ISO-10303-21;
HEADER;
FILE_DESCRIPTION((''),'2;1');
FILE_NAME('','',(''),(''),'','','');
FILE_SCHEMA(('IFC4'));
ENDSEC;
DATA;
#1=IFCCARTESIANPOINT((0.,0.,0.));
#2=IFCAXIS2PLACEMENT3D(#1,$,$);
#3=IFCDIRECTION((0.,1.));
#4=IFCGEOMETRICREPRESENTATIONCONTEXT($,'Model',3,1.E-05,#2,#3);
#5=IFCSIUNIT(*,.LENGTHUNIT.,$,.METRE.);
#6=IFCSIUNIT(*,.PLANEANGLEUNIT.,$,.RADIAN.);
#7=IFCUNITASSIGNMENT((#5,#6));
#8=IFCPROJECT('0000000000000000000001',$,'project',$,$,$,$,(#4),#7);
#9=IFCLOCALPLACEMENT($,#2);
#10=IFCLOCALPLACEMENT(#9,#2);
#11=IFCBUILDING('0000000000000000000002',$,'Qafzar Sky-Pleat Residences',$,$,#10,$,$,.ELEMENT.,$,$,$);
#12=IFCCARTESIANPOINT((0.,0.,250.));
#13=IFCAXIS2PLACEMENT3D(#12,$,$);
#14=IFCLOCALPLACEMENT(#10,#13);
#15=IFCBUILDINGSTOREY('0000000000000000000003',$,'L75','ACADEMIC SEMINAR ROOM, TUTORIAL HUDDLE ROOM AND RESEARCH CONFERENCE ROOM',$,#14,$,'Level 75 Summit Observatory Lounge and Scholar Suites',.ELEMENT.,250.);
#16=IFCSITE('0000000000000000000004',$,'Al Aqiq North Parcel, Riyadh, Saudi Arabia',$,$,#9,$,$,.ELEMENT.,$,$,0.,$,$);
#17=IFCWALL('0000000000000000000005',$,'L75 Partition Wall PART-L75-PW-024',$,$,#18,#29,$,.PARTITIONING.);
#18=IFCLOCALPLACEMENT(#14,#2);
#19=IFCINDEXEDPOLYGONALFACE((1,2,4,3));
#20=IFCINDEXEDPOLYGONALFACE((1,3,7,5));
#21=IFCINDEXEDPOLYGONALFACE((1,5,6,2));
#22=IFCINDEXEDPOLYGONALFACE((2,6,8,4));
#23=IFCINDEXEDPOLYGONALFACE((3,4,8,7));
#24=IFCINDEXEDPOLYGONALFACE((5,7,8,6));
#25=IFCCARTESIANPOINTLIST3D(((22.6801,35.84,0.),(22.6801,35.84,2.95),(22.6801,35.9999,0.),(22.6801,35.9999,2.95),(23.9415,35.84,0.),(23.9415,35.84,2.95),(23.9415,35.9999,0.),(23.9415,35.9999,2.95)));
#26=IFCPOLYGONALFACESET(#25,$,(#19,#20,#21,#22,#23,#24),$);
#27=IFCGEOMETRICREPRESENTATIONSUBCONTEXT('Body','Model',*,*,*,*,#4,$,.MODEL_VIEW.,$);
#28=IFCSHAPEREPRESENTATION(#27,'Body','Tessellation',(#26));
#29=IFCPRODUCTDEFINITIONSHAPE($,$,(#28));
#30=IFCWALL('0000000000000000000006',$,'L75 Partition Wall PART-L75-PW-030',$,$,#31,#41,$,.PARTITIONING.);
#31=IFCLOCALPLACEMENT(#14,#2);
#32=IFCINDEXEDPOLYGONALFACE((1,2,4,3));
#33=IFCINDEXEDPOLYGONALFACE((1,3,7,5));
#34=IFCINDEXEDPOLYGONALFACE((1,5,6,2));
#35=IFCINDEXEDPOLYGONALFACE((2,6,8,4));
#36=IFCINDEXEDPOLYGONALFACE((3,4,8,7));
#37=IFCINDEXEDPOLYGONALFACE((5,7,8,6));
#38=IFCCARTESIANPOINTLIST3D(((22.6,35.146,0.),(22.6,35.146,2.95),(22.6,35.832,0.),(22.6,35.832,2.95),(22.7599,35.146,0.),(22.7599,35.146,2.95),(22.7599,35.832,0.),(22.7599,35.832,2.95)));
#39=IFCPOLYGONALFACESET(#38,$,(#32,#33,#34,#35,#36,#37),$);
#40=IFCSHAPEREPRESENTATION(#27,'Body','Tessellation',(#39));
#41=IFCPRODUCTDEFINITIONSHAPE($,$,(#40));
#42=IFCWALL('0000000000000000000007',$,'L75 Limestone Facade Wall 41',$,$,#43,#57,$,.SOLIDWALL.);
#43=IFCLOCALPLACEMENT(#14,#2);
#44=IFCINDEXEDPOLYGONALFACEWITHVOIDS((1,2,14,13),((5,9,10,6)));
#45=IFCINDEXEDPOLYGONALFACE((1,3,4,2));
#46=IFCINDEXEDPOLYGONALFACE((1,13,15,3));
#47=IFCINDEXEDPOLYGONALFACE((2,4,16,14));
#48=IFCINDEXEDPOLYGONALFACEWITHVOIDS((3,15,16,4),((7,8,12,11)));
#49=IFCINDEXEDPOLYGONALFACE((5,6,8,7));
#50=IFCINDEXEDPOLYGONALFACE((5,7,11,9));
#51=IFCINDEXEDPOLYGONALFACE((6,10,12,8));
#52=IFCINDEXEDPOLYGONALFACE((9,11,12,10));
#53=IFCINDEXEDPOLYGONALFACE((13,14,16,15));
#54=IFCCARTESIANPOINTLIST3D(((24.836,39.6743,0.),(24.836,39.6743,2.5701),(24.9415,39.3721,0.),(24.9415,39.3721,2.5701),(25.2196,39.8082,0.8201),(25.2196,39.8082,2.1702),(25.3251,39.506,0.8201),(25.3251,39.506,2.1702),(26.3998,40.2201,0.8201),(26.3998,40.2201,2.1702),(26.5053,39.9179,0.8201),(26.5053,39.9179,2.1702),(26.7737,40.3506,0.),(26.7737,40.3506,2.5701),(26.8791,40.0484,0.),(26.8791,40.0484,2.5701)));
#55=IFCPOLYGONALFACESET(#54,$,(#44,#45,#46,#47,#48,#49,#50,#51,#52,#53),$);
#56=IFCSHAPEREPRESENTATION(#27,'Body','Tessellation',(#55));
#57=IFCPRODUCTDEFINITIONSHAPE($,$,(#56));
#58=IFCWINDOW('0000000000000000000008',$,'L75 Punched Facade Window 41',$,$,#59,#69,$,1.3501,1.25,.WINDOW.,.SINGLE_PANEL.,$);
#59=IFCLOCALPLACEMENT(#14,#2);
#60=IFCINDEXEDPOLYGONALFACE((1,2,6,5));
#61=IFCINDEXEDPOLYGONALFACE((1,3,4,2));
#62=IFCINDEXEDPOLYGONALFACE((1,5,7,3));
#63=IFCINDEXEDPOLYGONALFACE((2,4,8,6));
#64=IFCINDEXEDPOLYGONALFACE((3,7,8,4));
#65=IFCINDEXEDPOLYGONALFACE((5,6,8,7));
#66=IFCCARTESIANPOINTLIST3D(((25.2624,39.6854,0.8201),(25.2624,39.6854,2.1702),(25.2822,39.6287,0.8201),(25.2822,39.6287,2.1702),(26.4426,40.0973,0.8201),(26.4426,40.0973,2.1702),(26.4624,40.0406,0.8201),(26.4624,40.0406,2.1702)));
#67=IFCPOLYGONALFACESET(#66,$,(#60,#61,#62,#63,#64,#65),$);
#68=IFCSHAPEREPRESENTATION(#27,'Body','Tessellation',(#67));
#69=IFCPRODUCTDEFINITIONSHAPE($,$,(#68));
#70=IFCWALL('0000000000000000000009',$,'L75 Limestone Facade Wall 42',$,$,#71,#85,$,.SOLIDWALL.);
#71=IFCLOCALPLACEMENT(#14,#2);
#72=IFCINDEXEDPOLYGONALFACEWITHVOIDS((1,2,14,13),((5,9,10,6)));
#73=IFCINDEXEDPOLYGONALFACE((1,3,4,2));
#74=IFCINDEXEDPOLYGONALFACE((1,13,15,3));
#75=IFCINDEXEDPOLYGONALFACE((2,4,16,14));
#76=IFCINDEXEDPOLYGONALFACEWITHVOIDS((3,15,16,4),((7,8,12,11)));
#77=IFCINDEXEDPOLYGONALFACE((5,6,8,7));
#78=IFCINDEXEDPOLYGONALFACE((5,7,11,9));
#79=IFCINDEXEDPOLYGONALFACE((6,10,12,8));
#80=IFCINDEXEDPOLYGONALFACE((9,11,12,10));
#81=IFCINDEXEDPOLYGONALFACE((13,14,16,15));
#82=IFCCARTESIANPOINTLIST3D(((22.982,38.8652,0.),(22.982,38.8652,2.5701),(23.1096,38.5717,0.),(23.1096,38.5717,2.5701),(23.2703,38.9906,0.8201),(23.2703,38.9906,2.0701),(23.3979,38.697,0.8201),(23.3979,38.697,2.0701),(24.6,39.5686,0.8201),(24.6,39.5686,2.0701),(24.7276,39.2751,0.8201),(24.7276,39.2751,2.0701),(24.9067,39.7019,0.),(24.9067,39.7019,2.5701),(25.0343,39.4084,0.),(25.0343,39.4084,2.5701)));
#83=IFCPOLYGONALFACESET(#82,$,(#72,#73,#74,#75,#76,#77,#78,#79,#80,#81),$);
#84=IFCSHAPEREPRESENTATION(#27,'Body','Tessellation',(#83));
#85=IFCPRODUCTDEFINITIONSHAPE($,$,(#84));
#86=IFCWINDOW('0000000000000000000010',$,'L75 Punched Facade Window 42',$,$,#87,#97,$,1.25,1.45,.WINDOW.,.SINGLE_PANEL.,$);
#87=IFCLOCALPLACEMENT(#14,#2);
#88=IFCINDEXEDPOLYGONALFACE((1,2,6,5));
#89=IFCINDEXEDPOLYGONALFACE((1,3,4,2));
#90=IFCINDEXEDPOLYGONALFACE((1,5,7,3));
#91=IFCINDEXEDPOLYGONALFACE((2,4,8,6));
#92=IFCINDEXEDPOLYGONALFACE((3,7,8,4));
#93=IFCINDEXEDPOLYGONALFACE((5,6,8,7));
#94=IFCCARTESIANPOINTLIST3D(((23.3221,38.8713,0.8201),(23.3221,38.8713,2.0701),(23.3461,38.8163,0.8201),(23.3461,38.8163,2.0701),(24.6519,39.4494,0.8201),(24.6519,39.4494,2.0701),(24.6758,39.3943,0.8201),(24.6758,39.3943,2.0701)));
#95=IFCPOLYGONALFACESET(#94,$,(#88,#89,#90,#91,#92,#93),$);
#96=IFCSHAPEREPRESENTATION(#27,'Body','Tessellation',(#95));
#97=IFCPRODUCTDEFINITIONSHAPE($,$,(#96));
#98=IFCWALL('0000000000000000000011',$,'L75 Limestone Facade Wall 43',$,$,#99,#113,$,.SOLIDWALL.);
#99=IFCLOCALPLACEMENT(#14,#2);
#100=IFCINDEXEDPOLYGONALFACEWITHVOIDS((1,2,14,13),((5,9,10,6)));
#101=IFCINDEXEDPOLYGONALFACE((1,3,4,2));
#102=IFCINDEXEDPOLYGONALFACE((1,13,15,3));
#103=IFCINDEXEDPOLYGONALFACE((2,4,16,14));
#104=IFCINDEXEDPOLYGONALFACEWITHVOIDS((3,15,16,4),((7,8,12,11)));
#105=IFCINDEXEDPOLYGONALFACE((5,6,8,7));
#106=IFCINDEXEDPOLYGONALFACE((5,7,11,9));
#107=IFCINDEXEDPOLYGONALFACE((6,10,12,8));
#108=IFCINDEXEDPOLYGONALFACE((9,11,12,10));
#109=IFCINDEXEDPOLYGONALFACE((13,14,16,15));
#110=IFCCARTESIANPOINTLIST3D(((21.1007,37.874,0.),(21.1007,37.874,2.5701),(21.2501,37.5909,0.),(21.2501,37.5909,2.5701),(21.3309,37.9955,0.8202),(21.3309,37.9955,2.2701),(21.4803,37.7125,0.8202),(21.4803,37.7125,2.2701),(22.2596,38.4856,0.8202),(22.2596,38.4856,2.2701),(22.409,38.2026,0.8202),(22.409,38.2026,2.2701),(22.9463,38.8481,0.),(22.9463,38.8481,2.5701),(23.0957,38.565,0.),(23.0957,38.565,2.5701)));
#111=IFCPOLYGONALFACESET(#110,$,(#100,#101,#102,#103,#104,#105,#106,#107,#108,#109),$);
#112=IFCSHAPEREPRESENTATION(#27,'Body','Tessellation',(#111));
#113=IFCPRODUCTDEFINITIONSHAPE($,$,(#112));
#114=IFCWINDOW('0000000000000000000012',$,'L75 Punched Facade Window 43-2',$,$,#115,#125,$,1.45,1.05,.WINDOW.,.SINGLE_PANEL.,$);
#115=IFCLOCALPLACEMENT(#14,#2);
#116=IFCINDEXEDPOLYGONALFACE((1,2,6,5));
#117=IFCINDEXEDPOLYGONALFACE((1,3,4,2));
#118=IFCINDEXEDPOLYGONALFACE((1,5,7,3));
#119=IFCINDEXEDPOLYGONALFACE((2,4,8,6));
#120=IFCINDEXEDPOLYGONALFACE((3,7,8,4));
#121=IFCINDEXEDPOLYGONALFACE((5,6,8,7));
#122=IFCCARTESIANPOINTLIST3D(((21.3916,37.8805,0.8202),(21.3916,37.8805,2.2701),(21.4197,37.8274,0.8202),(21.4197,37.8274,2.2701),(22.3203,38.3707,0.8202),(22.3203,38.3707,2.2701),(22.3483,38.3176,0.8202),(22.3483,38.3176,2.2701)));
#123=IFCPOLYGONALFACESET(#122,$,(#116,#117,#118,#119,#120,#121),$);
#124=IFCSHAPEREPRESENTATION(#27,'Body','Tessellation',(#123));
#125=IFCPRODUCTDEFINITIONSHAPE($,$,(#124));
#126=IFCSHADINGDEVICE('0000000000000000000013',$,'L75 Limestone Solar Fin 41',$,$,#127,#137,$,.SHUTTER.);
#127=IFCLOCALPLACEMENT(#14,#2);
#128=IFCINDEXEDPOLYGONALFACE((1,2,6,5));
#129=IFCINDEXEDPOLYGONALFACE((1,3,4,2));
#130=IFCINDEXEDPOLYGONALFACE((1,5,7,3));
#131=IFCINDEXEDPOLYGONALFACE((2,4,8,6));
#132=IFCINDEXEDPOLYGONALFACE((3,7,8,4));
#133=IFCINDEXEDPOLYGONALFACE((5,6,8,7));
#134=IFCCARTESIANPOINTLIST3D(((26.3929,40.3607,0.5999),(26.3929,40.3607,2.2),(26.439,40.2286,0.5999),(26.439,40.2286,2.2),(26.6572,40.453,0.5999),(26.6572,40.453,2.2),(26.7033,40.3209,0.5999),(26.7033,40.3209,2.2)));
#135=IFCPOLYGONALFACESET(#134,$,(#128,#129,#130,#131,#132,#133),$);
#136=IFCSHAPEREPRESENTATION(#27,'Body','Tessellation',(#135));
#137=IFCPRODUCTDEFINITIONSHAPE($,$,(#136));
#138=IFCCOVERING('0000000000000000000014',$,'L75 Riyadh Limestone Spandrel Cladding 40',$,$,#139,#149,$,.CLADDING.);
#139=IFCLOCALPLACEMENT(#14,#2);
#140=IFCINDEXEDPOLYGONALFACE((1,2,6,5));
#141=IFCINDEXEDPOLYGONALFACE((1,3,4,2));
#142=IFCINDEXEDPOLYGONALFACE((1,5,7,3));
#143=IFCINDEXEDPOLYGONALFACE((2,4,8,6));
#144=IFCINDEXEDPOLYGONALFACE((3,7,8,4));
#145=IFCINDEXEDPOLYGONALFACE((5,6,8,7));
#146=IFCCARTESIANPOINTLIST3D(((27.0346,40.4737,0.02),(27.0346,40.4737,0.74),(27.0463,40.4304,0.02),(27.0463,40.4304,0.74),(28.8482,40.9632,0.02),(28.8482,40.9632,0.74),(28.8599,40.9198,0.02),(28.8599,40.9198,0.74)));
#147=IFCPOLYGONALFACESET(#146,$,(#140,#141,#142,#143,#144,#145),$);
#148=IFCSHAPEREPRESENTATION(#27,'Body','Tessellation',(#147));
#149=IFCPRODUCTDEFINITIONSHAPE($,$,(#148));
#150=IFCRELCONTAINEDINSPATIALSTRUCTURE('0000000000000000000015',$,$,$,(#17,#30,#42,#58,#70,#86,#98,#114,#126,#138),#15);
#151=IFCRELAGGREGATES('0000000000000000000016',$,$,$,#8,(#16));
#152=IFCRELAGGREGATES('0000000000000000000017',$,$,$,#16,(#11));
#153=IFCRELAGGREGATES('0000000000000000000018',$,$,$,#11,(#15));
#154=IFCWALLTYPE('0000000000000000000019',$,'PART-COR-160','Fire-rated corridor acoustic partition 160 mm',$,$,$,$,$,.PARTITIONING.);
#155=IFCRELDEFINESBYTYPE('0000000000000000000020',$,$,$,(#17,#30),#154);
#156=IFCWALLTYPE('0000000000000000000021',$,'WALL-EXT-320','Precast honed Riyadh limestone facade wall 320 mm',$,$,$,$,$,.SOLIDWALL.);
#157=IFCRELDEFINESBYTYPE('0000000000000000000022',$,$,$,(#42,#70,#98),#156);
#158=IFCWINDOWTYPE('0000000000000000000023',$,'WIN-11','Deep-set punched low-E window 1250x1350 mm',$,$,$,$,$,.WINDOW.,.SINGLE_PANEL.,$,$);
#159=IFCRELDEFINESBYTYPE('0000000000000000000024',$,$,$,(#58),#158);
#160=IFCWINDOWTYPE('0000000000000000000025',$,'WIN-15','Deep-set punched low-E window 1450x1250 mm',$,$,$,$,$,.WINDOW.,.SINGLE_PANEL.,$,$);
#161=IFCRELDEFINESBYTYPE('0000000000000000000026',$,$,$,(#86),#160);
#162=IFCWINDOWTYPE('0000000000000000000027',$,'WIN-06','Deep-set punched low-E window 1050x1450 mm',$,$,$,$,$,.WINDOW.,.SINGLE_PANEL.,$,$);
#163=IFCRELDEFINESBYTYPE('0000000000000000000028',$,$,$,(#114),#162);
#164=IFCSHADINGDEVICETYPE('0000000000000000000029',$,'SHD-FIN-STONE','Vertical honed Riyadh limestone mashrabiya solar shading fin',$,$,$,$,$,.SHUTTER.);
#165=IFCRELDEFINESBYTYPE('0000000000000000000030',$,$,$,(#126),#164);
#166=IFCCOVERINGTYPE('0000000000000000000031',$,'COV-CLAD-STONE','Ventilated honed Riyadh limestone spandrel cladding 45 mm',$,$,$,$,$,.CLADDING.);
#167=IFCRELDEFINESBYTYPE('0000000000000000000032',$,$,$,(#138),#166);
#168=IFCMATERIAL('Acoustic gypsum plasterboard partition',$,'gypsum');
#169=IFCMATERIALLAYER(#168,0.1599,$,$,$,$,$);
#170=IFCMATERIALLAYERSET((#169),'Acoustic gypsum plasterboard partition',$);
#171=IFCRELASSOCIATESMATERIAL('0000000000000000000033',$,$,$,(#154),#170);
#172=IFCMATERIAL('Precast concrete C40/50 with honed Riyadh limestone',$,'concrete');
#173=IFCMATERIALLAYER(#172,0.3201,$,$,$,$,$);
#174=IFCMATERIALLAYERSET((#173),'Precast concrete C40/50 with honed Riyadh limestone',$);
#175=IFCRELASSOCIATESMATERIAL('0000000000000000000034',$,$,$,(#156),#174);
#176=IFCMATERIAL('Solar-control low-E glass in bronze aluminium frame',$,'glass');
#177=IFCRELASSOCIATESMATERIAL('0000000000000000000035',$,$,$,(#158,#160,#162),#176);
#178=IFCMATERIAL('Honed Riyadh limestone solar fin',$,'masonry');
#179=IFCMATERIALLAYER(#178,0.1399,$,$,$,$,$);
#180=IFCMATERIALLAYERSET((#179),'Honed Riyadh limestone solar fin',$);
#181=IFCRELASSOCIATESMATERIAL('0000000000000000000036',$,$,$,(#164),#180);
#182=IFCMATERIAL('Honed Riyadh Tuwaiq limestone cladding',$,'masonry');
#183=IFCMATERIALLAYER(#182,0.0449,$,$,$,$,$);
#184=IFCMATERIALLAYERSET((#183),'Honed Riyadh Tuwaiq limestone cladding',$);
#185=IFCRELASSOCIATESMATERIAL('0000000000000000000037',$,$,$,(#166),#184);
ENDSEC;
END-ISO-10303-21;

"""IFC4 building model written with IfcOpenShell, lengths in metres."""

from ifc_helpers import new_model, si_unit, direction, frame, frame_2d, origin, origin_2d, place, context, subcontext, project, spatial, rectangle, extrude, source, transform, mapped, material, layer, layer_set, type_object, element, fill, save


model = new_model("IFC4")

# Units and contexts
model_context = context("Model", 3, precision=1e-05, world=origin(), true_north=direction((0.0, 1.0)))
body_context = subcontext(model_context, "Body", "Model", "MODEL_VIEW")
ifc_project = project(units=[si_unit("LENGTHUNIT", "METRE"), si_unit("PLANEANGLEUNIT", "RADIAN")], contexts=[model_context])

# Site, building, storey
site_placement = place(None, origin())
site = spatial("IfcSite", under=ifc_project, at=site_placement, Name="Al Aqiq North Parcel, Riyadh, Saudi Arabia", CompositionType="ELEMENT", RefElevation=0.0)
building_placement = place(site_placement, origin())
building = spatial("IfcBuilding", under=site, at=building_placement, Name="Qafzar Sky-Pleat Residences", CompositionType="ELEMENT")
storey_placement = place(building_placement, frame((0.0, 0.0, 250.0)))
storey = spatial("IfcBuildingStorey", under=building, at=storey_placement, Name="L75", Description="ACADEMIC SEMINAR ROOM, TUTORIAL HUDDLE ROOM AND RESEARCH CONFERENCE ROOM", LongName="Level 75 Summit Observatory Lounge and Scholar Suites", CompositionType="ELEMENT", Elevation=250.0)

# Shared definitions
ifc_material_1 = material(Name="Acoustic gypsum plasterboard partition", Category="gypsum")
ifc_layer_1 = layer(ifc_material_1, 0.1599)
ifc_layer_set_1 = layer_set([ifc_layer_1], Name="Acoustic gypsum plasterboard partition")
wall_type_1 = type_object("IfcWallType", Name="PART-COR-160", Description="Fire-rated corridor acoustic partition 160 mm", PredefinedType="PARTITIONING", material=ifc_layer_set_1)

# Walls
wall_1_placement = place(storey_placement, frame((22.6799, 35.9199, 0.0), z_axis=(0.0, 0.0, 1.0), x_axis=(1.0, 0.0, 0.0)))
element("IfcWall", 1, at=wall_1_placement, inside=storey, type_object=wall_type_1, Name="L75 Partition Wall PART-L75-PW-024", PredefinedType="PARTITIONING", context=body_context, shape_type="SweptSolid", body=[
    extrude(rectangle(XDim=1.2615, YDim=0.1599, at=frame_2d((0.6309, 0.0))), origin(), (0.0, 0.0, 1.0), 2.95),
])
wall_2_placement = place(storey_placement, frame((22.6799, 35.146, 0.0), z_axis=(0.0, 0.0, 1.0), x_axis=(0.0, 1.0, 0.0)))
element("IfcWall", 2, at=wall_2_placement, inside=storey, type_object=wall_type_1, Name="L75 Partition Wall PART-L75-PW-030", PredefinedType="PARTITIONING", context=body_context, shape_type="SweptSolid", body=[
    extrude(rectangle(XDim=0.686, YDim=0.1599, at=frame_2d((0.343, 0.0))), origin(), (0.0, 0.0, 1.0), 2.95),
])

# Walls, openings, windows
ifc_material_2 = material(Name="Precast concrete C40/50 with honed Riyadh limestone", Category="concrete")
ifc_layer_2 = layer(ifc_material_2, 0.3201)
ifc_layer_set_2 = layer_set([ifc_layer_2], Name="Precast concrete C40/50 with honed Riyadh limestone")
wall_type_2 = type_object("IfcWallType", Name="WALL-EXT-320", Description="Precast honed Riyadh limestone facade wall 320 mm", PredefinedType="SOLIDWALL", material=ifc_layer_set_2)
wall_3_placement = place(storey_placement, frame((26.8264, 40.1995, 0.0), z_axis=(0.0, 0.0, 1.0), x_axis=(-0.944153, -0.329508, 0.0)))
wall_3 = element("IfcWall", 3, at=wall_3_placement, inside=storey, type_object=wall_type_2, Name="L75 Limestone Facade Wall 41", PredefinedType="SOLIDWALL", context=body_context, shape_type="SweptSolid", body=[
    extrude(rectangle(XDim=2.0522, YDim=0.3201, at=frame_2d((1.0261, 0.0))), origin(), (0.0, 0.0, 1.0), 2.5701),
])
opening_1_placement = place(wall_3_placement, frame((0.396, 0.0, 0.8201)))
opening_1 = element("IfcOpeningElement", 4, at=opening_1_placement, cuts=wall_3, PredefinedType="OPENING", context=body_context, shape_type="SweptSolid", body=[
    extrude(rectangle(XDim=1.25, YDim=1.3501, at=frame_2d((0.625, 0.675))), frame((0.0, 0.1699, 0.0), z_axis=(0.0, -1.0, 0.0), x_axis=(1.0, 0.0, 0.0)), (0.0, 0.0, 1.0), 0.3401),
])
ifc_material_3 = material(Name="Solar-control low-E glass in bronze aluminium frame", Category="glass")
window_type_1 = type_object("IfcWindowType", Name="WIN-11", Description="Deep-set punched low-E window 1250x1350 mm", PartitioningType="SINGLE_PANEL", PredefinedType="WINDOW", material=ifc_material_3)
shared_shape_1 = source(origin(), body_context, "Body", "SweptSolid", [
    extrude(rectangle(XDim=1.25, YDim=1.3501, at=frame_2d((0.625, 0.675))), frame((0.0, 0.03, 0.0), z_axis=(0.0, -1.0, 0.0), x_axis=(1.0, 0.0, 0.0)), (0.0, 0.0, 1.0), 0.0601),
])
window_1_placement = place(opening_1_placement, origin())
window_1 = element("IfcWindow", 5, at=window_1_placement, inside=storey, type_object=window_type_1, Name="L75 Punched Facade Window 41", OverallHeight=1.3501, OverallWidth=1.25, PartitioningType="SINGLE_PANEL", PredefinedType="WINDOW", context=body_context, shape_type="MappedRepresentation", body=[
    mapped(shared_shape_1, transform((0.0, 0.0, 0.0), x_axis=(1.0, 0.0, 0.0), y_axis=(0.0, 1.0, 0.0), z_axis=(0.0, 0.0, 1.0), scale=1.0)),
])
fill(opening_1, window_1)
wall_4_placement = place(storey_placement, frame((24.9705, 39.5552, 0.0), z_axis=(0.0, 0.0, 1.0), x_axis=(-0.917087, -0.398688, 0.0)))
wall_4 = element("IfcWall", 6, at=wall_4_placement, inside=storey, type_object=wall_type_2, Name="L75 Limestone Facade Wall 42", PredefinedType="SOLIDWALL", context=body_context, shape_type="SweptSolid", body=[
    extrude(rectangle(XDim=2.0986, YDim=0.3201, at=frame_2d((1.0493, 0.0))), origin(), (0.0, 0.0, 1.0), 2.5701),
])
opening_2_placement = place(wall_4_placement, frame((0.3342, 0.0, 0.8201)))
opening_2 = element("IfcOpeningElement", 7, at=opening_2_placement, cuts=wall_4, PredefinedType="OPENING", context=body_context, shape_type="SweptSolid", body=[
    extrude(rectangle(XDim=1.45, YDim=1.25, at=frame_2d((0.7251, 0.625))), frame((0.0, 0.1699, 0.0), z_axis=(0.0, -1.0, 0.0), x_axis=(1.0, 0.0, 0.0)), (0.0, 0.0, 1.0), 0.3401),
])
window_type_2 = type_object("IfcWindowType", Name="WIN-15", Description="Deep-set punched low-E window 1450x1250 mm", PartitioningType="SINGLE_PANEL", PredefinedType="WINDOW", material=ifc_material_3)
shared_shape_2 = source(origin(), body_context, "Body", "SweptSolid", [
    extrude(rectangle(XDim=1.45, YDim=1.25, at=frame_2d((0.7251, 0.625))), frame((0.0, 0.03, 0.0), z_axis=(0.0, -1.0, 0.0), x_axis=(1.0, 0.0, 0.0)), (0.0, 0.0, 1.0), 0.0601),
])
window_2_placement = place(opening_2_placement, origin())
window_2 = element("IfcWindow", 8, at=window_2_placement, inside=storey, type_object=window_type_2, Name="L75 Punched Facade Window 42", OverallHeight=1.25, OverallWidth=1.45, PartitioningType="SINGLE_PANEL", PredefinedType="WINDOW", context=body_context, shape_type="MappedRepresentation", body=[
    mapped(shared_shape_2, transform((0.0, 0.0, 0.0), x_axis=(1.0, 0.0, 0.0), y_axis=(0.0, 1.0, 0.0), z_axis=(0.0, 0.0, 1.0), scale=1.0)),
])
fill(opening_2, window_2)
wall_5_placement = place(storey_placement, frame((23.021, 38.7065, 0.0), z_axis=(0.0, 0.0, 1.0), x_axis=(-0.884385, -0.466759, 0.0)))
wall_5 = element("IfcWall", 9, at=wall_5_placement, inside=storey, type_object=wall_type_2, Name="L75 Limestone Facade Wall 43", PredefinedType="SOLIDWALL", context=body_context, shape_type="SweptSolid", body=[
    extrude(rectangle(XDim=2.0869, YDim=0.3201, at=frame_2d((1.0435, 0.0))), origin(), (0.0, 0.0, 1.0), 2.5701),
])
opening_3_placement = place(wall_5_placement, frame((0.7766, 0.0, 0.8201)))
opening_3 = element("IfcOpeningElement", 10, at=opening_3_placement, cuts=wall_5, PredefinedType="OPENING", context=body_context, shape_type="SweptSolid", body=[
    extrude(rectangle(XDim=1.05, YDim=1.45, at=frame_2d((0.5249, 0.7251))), frame((0.0, 0.1699, 0.0), z_axis=(0.0, -1.0, 0.0), x_axis=(1.0, 0.0, 0.0)), (0.0, 0.0, 1.0), 0.3401),
])
window_type_3 = type_object("IfcWindowType", Name="WIN-06", Description="Deep-set punched low-E window 1050x1450 mm", PartitioningType="SINGLE_PANEL", PredefinedType="WINDOW", material=ifc_material_3)
shared_shape_3 = source(origin(), body_context, "Body", "SweptSolid", [
    extrude(rectangle(XDim=1.05, YDim=1.45, at=frame_2d((0.5249, 0.7251))), frame((0.0, 0.03, 0.0), z_axis=(0.0, -1.0, 0.0), x_axis=(1.0, 0.0, 0.0)), (0.0, 0.0, 1.0), 0.0601),
])
window_3_placement = place(opening_3_placement, origin())
window_3 = element("IfcWindow", 11, at=window_3_placement, inside=storey, type_object=window_type_3, Name="L75 Punched Facade Window 43-2", OverallHeight=1.45, OverallWidth=1.05, PartitioningType="SINGLE_PANEL", PredefinedType="WINDOW", context=body_context, shape_type="MappedRepresentation", body=[
    mapped(shared_shape_3, transform((0.0, 0.0, 0.0), x_axis=(1.0, 0.0, 0.0), y_axis=(0.0, 1.0, 0.0), z_axis=(0.0, 0.0, 1.0), scale=1.0)),
])
fill(opening_3, window_3)

# Shading device
ifc_material_4 = material(Name="Honed Riyadh limestone solar fin", Category="masonry")
ifc_layer_3 = layer(ifc_material_4, 0.1399)
ifc_layer_set_3 = layer_set([ifc_layer_3], Name="Honed Riyadh limestone solar fin")
shading_device_type = type_object("IfcShadingDeviceType", Name="SHD-FIN-STONE", Description="Vertical honed Riyadh limestone mashrabiya solar shading fin", PredefinedType="SHUTTER", material=ifc_layer_set_3)
shared_shape_4 = source(origin(), body_context, "Body", "SweptSolid", [
    extrude(rectangle(XDim=0.1399, YDim=0.28, at=origin_2d()), origin(), (0.0, 0.0, 1.0), 1.6001),
])
shading_device_placement = place(storey_placement, frame((26.5481, 40.3408, 0.5999), z_axis=(0.0, 0.0, 1.0), x_axis=(-0.329527, 0.944146, 0.0)))
element("IfcShadingDevice", 12, at=shading_device_placement, inside=storey, type_object=shading_device_type, Name="L75 Limestone Solar Fin 41", PredefinedType="SHUTTER", context=body_context, shape_type="MappedRepresentation", body=[
    mapped(shared_shape_4, transform((0.0, 0.0, 0.0), x_axis=(1.0, 0.0, 0.0), y_axis=(0.0, 1.0, 0.0), z_axis=(0.0, 0.0, 1.0), scale=1.0)),
])

# Covering
ifc_material_5 = material(Name="Honed Riyadh Tuwaiq limestone cladding", Category="masonry")
ifc_layer_4 = layer(ifc_material_5, 0.0449)
ifc_layer_set_4 = layer_set([ifc_layer_4], Name="Honed Riyadh Tuwaiq limestone cladding")
covering_type = type_object("IfcCoveringType", Name="COV-CLAD-STONE", Description="Ventilated honed Riyadh limestone spandrel cladding 45 mm", PredefinedType="CLADDING", material=ifc_layer_set_4)
shared_shape_5 = source(origin(), body_context, "Body", "SweptSolid", [
    extrude(rectangle(XDim=1.8784, YDim=0.0449, at=origin_2d()), origin(), (0.0, 0.0, 1.0), 0.72),
])
covering_placement = place(storey_placement, frame((27.9473, 40.6968, 0.02), z_axis=(0.0, 0.0, 1.0), x_axis=(-0.965459, -0.260554, 0.0)))
element("IfcCovering", 13, at=covering_placement, inside=storey, type_object=covering_type, Name="L75 Riyadh Limestone Spandrel Cladding 40", PredefinedType="CLADDING", context=body_context, shape_type="MappedRepresentation", body=[
    mapped(shared_shape_5, transform((0.0, 0.0, 0.0), x_axis=(1.0, 0.0, 0.0), y_axis=(0.0, 1.0, 0.0), z_axis=(0.0, 0.0, 1.0), scale=1.0)),
])

save(model, "model.ifc")
